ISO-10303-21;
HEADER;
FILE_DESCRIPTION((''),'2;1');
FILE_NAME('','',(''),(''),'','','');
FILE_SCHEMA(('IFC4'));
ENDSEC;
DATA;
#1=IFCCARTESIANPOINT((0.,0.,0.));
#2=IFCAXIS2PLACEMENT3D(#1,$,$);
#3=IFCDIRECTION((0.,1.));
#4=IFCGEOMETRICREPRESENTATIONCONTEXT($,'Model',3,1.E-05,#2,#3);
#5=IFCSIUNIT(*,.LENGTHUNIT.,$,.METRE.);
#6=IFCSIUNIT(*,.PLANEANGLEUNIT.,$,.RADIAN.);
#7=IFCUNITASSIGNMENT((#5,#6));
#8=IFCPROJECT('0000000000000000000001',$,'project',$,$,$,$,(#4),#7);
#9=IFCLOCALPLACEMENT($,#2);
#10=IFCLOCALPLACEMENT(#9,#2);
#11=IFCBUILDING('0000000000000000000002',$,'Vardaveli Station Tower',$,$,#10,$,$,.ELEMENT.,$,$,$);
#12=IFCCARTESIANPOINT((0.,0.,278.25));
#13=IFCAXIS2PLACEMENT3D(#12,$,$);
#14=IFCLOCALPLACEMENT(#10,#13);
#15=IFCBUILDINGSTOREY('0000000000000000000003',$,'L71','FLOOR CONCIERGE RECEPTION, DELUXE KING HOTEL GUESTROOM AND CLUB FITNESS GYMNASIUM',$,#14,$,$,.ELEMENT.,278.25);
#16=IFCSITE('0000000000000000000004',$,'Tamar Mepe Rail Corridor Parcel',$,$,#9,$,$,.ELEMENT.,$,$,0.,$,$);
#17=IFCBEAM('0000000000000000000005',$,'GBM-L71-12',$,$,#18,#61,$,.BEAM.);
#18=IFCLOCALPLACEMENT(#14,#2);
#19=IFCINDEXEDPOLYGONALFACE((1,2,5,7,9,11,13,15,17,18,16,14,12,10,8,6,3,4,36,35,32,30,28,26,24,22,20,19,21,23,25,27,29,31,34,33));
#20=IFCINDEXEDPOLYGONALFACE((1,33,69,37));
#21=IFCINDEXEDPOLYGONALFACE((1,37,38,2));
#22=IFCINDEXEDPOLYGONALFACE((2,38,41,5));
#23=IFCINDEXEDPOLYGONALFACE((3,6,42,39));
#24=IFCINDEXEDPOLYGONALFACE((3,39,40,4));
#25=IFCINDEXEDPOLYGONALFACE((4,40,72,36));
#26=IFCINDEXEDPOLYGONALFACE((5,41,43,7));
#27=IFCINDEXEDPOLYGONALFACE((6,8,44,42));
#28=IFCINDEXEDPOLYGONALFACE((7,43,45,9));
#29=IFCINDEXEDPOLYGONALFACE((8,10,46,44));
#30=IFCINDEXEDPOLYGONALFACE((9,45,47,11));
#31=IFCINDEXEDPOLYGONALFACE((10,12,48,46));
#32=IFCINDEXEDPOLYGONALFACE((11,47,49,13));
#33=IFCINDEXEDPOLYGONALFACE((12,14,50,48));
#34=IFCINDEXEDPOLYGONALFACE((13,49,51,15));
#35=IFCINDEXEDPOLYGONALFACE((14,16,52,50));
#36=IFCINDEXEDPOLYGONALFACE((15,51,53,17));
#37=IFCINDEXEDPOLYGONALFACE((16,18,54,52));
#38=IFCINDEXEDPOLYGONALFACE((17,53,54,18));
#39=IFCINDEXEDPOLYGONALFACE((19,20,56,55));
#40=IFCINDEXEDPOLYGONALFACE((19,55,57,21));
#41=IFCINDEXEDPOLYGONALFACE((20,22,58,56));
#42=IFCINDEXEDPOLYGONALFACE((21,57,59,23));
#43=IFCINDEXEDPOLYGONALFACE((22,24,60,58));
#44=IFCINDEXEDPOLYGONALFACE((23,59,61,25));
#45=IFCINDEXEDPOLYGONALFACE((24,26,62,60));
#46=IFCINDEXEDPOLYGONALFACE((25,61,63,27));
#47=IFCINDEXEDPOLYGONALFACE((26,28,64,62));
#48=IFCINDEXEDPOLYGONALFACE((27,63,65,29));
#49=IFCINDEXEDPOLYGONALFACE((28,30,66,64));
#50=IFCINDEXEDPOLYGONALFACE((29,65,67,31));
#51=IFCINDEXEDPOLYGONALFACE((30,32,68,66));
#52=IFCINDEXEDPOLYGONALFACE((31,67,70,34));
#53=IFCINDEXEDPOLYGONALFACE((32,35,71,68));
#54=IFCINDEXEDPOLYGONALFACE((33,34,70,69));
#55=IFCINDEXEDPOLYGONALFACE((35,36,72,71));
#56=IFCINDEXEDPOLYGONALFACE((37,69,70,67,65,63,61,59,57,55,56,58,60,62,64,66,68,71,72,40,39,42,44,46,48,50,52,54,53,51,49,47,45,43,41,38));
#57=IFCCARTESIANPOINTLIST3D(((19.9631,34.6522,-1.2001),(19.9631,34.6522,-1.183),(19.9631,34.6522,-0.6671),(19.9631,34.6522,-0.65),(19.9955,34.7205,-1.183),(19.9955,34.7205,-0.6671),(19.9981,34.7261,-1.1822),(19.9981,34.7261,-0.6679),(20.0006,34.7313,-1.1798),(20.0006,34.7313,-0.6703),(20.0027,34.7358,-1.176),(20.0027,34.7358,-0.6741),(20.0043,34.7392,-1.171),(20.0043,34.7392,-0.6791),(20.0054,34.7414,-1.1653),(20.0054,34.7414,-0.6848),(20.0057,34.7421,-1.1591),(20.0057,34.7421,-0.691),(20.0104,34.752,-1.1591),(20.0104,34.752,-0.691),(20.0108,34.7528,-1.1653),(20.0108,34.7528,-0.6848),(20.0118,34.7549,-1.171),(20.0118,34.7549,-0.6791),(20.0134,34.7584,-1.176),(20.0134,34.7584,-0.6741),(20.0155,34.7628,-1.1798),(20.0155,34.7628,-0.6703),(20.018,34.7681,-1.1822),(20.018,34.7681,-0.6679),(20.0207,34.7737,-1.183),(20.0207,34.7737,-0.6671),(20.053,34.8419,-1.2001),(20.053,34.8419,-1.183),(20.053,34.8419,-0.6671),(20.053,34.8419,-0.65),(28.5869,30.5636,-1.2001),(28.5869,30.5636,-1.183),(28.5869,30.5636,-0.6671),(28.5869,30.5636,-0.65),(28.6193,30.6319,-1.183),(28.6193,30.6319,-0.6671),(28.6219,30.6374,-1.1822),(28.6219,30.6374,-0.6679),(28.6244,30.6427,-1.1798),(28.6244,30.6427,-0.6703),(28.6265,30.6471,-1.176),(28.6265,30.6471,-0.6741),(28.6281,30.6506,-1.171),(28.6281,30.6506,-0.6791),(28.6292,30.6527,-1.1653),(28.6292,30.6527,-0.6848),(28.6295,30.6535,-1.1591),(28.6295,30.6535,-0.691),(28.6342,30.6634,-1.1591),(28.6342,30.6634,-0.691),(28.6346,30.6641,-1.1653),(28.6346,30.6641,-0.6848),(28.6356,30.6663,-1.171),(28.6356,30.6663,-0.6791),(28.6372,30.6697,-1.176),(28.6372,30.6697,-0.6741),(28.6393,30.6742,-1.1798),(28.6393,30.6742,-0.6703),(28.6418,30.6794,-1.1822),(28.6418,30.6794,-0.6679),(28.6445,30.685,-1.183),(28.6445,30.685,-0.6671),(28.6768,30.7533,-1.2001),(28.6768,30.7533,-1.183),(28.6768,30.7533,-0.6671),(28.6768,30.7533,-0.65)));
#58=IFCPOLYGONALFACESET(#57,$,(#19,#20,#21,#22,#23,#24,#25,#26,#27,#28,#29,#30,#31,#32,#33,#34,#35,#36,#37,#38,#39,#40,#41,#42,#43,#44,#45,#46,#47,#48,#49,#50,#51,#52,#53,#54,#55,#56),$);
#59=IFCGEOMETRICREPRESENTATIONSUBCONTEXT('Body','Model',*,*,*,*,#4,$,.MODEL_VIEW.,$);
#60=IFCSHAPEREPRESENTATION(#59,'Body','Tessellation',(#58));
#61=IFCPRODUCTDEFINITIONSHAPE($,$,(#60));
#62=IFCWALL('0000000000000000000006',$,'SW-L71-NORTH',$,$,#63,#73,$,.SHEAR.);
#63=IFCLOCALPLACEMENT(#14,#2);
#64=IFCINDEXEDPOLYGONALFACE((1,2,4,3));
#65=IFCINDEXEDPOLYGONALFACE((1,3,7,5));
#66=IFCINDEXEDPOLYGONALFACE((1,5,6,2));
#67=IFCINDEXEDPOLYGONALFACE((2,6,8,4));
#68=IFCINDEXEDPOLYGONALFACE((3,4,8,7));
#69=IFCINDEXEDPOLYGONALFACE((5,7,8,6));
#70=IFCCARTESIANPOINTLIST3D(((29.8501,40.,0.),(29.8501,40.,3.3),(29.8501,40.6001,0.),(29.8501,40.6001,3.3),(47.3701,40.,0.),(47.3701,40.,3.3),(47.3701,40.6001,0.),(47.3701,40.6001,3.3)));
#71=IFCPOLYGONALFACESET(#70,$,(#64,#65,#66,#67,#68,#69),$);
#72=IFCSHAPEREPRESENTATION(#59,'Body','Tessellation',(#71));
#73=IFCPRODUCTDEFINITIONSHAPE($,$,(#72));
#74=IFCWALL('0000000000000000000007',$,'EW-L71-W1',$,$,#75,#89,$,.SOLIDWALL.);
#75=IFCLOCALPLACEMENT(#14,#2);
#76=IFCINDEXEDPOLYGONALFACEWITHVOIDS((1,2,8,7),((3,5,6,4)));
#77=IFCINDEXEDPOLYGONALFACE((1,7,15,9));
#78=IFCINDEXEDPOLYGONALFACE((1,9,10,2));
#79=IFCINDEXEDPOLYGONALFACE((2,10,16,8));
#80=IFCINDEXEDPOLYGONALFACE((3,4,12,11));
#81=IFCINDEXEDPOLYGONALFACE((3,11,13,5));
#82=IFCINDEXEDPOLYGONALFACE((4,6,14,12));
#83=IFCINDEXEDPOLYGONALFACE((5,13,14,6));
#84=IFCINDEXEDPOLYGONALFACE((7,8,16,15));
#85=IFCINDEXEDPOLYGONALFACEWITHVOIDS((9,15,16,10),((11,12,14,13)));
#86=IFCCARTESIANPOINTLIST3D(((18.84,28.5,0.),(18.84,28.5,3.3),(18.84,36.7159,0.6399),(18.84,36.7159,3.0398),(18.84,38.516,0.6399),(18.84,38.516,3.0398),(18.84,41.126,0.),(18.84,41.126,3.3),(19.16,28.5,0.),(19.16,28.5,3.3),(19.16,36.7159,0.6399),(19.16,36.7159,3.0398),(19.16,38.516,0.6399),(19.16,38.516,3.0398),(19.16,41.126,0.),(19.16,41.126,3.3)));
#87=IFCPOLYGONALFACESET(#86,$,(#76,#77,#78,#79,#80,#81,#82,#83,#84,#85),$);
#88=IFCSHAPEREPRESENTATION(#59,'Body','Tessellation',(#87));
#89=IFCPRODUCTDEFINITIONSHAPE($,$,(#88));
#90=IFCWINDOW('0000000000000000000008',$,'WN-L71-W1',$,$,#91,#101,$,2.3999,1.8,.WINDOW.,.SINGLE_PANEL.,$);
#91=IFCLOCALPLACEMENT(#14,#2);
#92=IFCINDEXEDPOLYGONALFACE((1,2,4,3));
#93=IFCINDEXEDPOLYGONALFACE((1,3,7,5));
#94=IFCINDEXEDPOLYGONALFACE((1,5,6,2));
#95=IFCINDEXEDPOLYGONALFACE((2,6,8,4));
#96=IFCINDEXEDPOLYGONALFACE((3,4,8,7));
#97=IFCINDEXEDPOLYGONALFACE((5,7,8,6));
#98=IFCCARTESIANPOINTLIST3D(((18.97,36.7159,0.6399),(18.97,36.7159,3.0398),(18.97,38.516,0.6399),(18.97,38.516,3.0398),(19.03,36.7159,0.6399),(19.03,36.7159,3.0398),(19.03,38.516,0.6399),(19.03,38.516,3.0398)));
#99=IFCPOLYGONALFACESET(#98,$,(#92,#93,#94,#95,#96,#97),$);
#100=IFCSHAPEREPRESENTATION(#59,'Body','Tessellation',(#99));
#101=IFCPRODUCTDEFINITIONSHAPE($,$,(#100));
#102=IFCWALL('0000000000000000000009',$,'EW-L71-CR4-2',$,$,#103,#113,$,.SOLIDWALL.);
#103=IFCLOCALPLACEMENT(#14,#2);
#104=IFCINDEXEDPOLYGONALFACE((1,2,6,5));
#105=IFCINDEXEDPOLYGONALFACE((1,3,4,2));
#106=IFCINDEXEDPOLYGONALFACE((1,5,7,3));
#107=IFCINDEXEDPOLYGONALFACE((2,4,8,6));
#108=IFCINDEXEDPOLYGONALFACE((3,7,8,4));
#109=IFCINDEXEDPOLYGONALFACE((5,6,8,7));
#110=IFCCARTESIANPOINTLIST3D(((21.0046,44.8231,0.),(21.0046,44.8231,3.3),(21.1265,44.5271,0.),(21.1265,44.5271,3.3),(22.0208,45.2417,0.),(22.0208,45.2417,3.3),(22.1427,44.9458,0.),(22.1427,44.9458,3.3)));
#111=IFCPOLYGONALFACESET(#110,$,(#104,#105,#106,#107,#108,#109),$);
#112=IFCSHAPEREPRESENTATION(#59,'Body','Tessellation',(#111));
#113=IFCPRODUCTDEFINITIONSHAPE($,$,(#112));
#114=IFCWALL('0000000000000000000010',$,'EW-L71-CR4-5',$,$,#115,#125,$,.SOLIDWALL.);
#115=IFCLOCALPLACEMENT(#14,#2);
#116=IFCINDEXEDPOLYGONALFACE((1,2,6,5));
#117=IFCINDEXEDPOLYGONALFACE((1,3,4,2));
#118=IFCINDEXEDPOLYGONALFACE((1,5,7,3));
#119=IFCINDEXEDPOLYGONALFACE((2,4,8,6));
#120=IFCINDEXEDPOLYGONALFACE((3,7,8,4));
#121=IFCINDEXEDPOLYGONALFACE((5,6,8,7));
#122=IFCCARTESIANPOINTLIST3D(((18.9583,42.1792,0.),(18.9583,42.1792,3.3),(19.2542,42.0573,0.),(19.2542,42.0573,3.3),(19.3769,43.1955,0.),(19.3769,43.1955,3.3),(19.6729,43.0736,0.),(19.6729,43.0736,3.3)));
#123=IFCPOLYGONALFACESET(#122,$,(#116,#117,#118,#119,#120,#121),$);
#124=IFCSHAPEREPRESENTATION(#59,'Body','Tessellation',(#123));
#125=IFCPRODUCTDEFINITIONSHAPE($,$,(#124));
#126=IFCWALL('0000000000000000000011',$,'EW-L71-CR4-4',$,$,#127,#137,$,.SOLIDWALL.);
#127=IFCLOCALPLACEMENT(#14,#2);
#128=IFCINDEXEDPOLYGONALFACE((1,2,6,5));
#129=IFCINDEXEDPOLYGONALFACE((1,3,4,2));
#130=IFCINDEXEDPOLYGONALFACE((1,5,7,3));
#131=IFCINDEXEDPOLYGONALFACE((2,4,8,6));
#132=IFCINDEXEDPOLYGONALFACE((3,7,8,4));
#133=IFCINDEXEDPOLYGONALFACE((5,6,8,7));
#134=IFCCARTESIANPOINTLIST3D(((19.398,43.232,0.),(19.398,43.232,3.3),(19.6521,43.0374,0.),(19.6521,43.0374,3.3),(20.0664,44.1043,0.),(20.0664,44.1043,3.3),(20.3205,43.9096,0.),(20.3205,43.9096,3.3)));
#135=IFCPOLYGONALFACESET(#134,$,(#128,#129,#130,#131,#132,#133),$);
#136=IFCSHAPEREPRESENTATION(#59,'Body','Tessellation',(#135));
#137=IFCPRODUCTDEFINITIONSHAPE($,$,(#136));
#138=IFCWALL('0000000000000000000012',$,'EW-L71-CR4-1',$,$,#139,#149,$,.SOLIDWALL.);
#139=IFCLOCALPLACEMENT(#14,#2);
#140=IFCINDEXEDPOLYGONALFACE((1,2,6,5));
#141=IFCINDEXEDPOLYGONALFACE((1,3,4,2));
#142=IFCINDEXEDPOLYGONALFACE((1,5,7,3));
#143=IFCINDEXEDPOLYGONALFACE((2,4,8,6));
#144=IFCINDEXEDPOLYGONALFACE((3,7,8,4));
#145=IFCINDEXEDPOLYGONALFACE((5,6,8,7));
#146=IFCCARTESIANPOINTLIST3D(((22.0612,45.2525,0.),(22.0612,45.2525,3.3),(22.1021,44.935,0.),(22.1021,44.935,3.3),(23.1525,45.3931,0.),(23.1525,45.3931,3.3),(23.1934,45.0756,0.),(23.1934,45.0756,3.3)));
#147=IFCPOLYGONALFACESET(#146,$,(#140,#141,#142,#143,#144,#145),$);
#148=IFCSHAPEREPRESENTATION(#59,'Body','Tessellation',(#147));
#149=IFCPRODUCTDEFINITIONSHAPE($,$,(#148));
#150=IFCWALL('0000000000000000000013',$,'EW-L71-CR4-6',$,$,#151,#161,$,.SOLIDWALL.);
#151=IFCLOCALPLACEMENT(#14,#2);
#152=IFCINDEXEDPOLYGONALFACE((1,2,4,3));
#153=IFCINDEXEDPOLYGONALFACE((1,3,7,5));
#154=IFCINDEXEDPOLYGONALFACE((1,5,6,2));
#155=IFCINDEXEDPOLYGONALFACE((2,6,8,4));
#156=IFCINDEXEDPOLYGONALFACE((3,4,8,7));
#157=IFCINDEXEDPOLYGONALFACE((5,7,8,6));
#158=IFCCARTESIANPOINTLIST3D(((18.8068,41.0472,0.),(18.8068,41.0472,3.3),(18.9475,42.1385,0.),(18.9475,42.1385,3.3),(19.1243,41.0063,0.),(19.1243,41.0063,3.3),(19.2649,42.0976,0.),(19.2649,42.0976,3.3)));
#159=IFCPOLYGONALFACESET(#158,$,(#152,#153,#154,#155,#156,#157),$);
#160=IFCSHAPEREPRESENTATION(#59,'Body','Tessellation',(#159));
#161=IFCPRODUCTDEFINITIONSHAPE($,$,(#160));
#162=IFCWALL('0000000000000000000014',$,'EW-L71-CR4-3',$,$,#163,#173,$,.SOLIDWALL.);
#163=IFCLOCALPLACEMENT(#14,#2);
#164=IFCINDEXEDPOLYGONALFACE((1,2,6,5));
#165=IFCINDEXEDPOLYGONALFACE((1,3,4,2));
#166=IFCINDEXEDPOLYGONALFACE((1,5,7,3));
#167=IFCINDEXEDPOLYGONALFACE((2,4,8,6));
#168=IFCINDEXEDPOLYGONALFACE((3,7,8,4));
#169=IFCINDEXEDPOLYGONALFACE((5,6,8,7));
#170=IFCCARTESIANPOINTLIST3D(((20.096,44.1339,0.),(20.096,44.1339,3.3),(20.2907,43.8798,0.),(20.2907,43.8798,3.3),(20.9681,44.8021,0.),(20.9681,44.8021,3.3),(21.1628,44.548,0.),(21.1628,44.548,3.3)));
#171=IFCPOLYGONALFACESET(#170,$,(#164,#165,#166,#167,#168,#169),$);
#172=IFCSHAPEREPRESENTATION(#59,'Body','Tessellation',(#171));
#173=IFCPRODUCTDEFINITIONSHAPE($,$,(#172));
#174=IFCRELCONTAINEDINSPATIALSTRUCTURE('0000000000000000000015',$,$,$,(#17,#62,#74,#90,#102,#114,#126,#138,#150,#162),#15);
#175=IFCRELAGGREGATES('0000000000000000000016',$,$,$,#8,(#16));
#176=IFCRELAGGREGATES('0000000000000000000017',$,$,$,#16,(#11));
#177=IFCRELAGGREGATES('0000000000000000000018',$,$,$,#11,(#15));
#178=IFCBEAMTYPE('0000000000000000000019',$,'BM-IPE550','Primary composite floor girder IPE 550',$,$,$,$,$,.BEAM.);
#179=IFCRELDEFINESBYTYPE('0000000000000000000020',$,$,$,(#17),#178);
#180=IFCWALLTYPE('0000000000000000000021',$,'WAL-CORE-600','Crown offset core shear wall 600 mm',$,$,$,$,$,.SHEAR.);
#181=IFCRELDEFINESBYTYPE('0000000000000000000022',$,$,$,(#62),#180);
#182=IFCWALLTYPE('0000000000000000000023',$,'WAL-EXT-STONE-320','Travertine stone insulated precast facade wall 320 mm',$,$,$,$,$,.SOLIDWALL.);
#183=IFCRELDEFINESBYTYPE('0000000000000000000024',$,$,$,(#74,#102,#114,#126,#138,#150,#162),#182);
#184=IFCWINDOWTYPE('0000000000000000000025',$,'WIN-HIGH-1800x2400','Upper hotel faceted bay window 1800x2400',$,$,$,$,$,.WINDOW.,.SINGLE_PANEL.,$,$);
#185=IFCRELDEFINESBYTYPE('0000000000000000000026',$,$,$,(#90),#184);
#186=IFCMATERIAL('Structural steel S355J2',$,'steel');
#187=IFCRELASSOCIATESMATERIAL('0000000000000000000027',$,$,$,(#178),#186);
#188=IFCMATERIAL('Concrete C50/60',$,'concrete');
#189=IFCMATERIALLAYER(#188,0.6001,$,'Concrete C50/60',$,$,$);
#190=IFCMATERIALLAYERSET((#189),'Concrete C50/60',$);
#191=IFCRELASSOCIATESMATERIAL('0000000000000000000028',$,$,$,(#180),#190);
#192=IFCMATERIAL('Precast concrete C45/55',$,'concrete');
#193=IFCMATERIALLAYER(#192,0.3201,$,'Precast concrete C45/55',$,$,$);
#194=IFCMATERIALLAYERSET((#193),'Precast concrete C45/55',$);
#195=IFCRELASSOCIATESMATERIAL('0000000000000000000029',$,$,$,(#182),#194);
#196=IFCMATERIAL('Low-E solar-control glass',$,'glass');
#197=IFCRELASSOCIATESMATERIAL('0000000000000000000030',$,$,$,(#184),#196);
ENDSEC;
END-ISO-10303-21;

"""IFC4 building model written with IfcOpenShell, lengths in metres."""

from ifc_helpers import new_model, si_unit, direction, frame, frame_2d, origin, origin_2d, place, context, subcontext, project, spatial, rectangle, i_section, extrude, source, transform, mapped, material, layer, layer_set, material_profile, profile_set, type_object, element, fill, save


model = new_model("IFC4")

# Units and contexts
model_context = context("Model", 3, precision=1e-05, world=origin(), true_north=direction((0.0, 1.0)))
body_context = subcontext(model_context, "Body", "Model", "MODEL_VIEW")
ifc_project = project(units=[si_unit("LENGTHUNIT", "METRE"), si_unit("PLANEANGLEUNIT", "RADIAN")], contexts=[model_context])

# Site, building, storey
site_placement = place(None, origin())
site = spatial("IfcSite", under=ifc_project, at=site_placement, Name="Tamar Mepe Rail Corridor Parcel", CompositionType="ELEMENT", RefElevation=0.0)
building_placement = place(site_placement, origin())
building = spatial("IfcBuilding", under=site, at=building_placement, Name="Vardaveli Station Tower", CompositionType="ELEMENT")
storey_placement = place(building_placement, frame((0.0, 0.0, 278.25)))
storey = spatial("IfcBuildingStorey", under=building, at=storey_placement, Name="L71", Description="FLOOR CONCIERGE RECEPTION, DELUXE KING HOTEL GUESTROOM AND CLUB FITNESS GYMNASIUM", CompositionType="ELEMENT", Elevation=278.25)

# Shared definitions
ifc_material_1 = material(Name="Concrete C50/60", Category="concrete")

# Beam
ifc_material_2 = material(Name="Precast concrete C45/55", Category="concrete")
ifc_material_3 = material(Name="Structural steel S355J2", Category="steel")
ifc_material_profile_1 = material_profile(ifc_material_3, i_section(OverallWidth=0.21, OverallDepth=0.55, WebThickness=0.011, FlangeThickness=0.0171, FilletRadius=0.0239, at=origin_2d()), Name="IPE 550")
ifc_profile_set_1 = profile_set([ifc_material_profile_1], Name="Structural steel S355J2")
beam_type_1 = type_object("IfcBeamType", Name="BM-IPE550", Description="Primary composite floor girder IPE 550", PredefinedType="BEAM", material=ifc_profile_set_1)
shared_shape_1 = source(origin(), body_context, "Body", "SweptSolid", [
    extrude(i_section(OverallWidth=0.21, OverallDepth=0.55, WebThickness=0.011, FlangeThickness=0.0171, FilletRadius=0.0239, at=origin_2d()), origin(), (0.0, 0.0, 1.0), 9.5439),
])
beam_1_placement = place(storey_placement, frame((20.0081, 34.7471, -0.925), z_axis=(0.903589, -0.428401, 0.0), x_axis=(0.428401, 0.903589, 0.0)))
element("IfcBeam", 1, at=beam_1_placement, inside=storey, type_object=beam_type_1, Name="GBM-L71-12", PredefinedType="BEAM", context=body_context, shape_type="MappedRepresentation", body=[
    mapped(shared_shape_1, transform((0.0, 0.0, 0.0), scale=1.0)),
])

# Wall
ifc_layer_1 = layer(ifc_material_1, 0.6001, Name="Concrete C50/60")
ifc_layer_set_1 = layer_set([ifc_layer_1], Name="Concrete C50/60")
wall_type_1 = type_object("IfcWallType", Name="WAL-CORE-600", Description="Crown offset core shear wall 600 mm", PredefinedType="SHEAR", material=ifc_layer_set_1)
shared_shape_2 = source(origin(), body_context, "Body", "SweptSolid", [
    extrude(rectangle(XDim=17.52, YDim=0.6001, at=frame_2d((8.76, 0.0))), origin(), (0.0, 0.0, 1.0), 3.3),
])
wall_1_placement = place(storey_placement, frame((29.8501, 40.3, 0.0), z_axis=(0.0, 0.0, 1.0), x_axis=(1.0, 0.0, 0.0)))
element("IfcWall", 2, at=wall_1_placement, inside=storey, type_object=wall_type_1, Name="SW-L71-NORTH", PredefinedType="SHEAR", context=body_context, shape_type="MappedRepresentation", body=[
    mapped(shared_shape_2, transform((0.0, 0.0, 0.0), scale=1.0)),
])

# Wall, opening, window
ifc_layer_2 = layer(ifc_material_2, 0.3201, Name="Precast concrete C45/55")
ifc_layer_set_2 = layer_set([ifc_layer_2], Name="Precast concrete C45/55")
wall_type_2 = type_object("IfcWallType", Name="WAL-EXT-STONE-320", Description="Travertine stone insulated precast facade wall 320 mm", PredefinedType="SOLIDWALL", material=ifc_layer_set_2)
shared_shape_3 = source(origin(), body_context, "Body", "SweptSolid", [
    extrude(rectangle(XDim=12.626, YDim=0.3201, at=frame_2d((6.313, 0.0))), origin(), (0.0, 0.0, 1.0), 3.3),
])
wall_2_placement = place(storey_placement, frame((19.0, 41.126, 0.0), z_axis=(0.0, 0.0, 1.0), x_axis=(0.0, -1.0, 0.0)))
wall_2 = element("IfcWall", 3, at=wall_2_placement, inside=storey, type_object=wall_type_2, Name="EW-L71-W1", PredefinedType="SOLIDWALL", context=body_context, shape_type="MappedRepresentation", body=[
    mapped(shared_shape_3, transform((0.0, 0.0, 0.0), scale=1.0)),
])
shared_shape_4 = source(origin(), body_context, "Body", "SweptSolid", [
    extrude(rectangle(XDim=1.8, YDim=2.3999, at=frame_2d((0.8999, 1.2))), frame((0.0, 0.1699, 0.0), z_axis=(0.0, -1.0, 0.0), x_axis=(1.0, 0.0, 0.0)), (0.0, 0.0, 1.0), 0.3401),
])
opening_placement = place(wall_2_placement, frame((2.6101, 0.0, 0.6399)))
opening = element("IfcOpeningElement", 4, at=opening_placement, cuts=wall_2, PredefinedType="OPENING", context=body_context, shape_type="MappedRepresentation", body=[
    mapped(shared_shape_4, transform((0.0, 0.0, 0.0), scale=1.0)),
])
ifc_material_4 = material(Name="Low-E solar-control glass", Category="glass")
window_type = type_object("IfcWindowType", Name="WIN-HIGH-1800x2400", Description="Upper hotel faceted bay window 1800x2400", PartitioningType="SINGLE_PANEL", PredefinedType="WINDOW", material=ifc_material_4)
shared_shape_5 = source(origin(), body_context, "Body", "SweptSolid", [
    extrude(rectangle(XDim=1.8, YDim=2.3999, at=frame_2d((0.8999, 1.2))), frame((0.0, 0.03, 0.0), z_axis=(0.0, -1.0, 0.0), x_axis=(1.0, 0.0, 0.0)), (0.0, 0.0, 1.0), 0.0601),
])
window_placement = place(opening_placement, origin())
window = element("IfcWindow", 5, at=window_placement, inside=storey, type_object=window_type, Name="WN-L71-W1", OverallHeight=2.3999, OverallWidth=1.8, PartitioningType="SINGLE_PANEL", PredefinedType="WINDOW", context=body_context, shape_type="MappedRepresentation", body=[
    mapped(shared_shape_5, transform((0.0, 0.0, 0.0), scale=1.0)),
])
fill(opening, window)

# Walls
shared_shape_6 = source(origin(), body_context, "Body", "SweptSolid", [
    extrude(rectangle(XDim=1.0991, YDim=0.3201, at=frame_2d((0.5496, 0.0))), origin(), (0.0, 0.0, 1.0), 3.3),
])
for number, where, z_axis, x_axis, name in (
    (6, (22.0818, 45.0938, 0.0), (0.0, 0.0, 1.0), (-0.924614, -0.380906, 0.0), "EW-L71-CR4-2"),
    (7, (19.5249, 43.1345, 0.0), (0.0, 0.0, 1.0), (-0.380906, -0.924614, 0.0), "EW-L71-CR4-5"),
):
    element("IfcWall", number, at=place(storey_placement, frame(where, z_axis=z_axis, x_axis=x_axis)), inside=storey, type_object=wall_type_2, Name=name, PredefinedType="SOLIDWALL", context=body_context, shape_type="MappedRepresentation", body=[
        mapped(shared_shape_6, transform((0.0, 0.0, 0.0), scale=1.0)),
    ])
shared_shape_7 = source(origin(), body_context, "Body", "SweptSolid", [
    extrude(rectangle(XDim=1.0989, YDim=0.3201, at=frame_2d((0.5493, 0.0))), origin(), (0.0, 0.0, 1.0), 3.3),
])
wall_3_placement = place(storey_placement, frame((20.1934, 44.0068, 0.0), z_axis=(0.0, 0.0, 1.0), x_axis=(-0.60825, -0.793746, 0.0)))
element("IfcWall", 8, at=wall_3_placement, inside=storey, type_object=wall_type_2, Name="EW-L71-CR4-4", PredefinedType="SOLIDWALL", context=body_context, shape_type="MappedRepresentation", body=[
    mapped(shared_shape_7, transform((0.0, 0.0, 0.0), scale=1.0)),
])
shared_shape_8 = source(origin(), body_context, "Body", "SweptSolid", [
    extrude(rectangle(XDim=1.1003, YDim=0.3201, at=frame_2d((0.5503, 0.0))), origin(), (0.0, 0.0, 1.0), 3.3),
])
for number, where, z_axis, x_axis, name in (
    (9, (23.1731, 45.2344, 0.0), (0.0, 0.0, 1.0), (-0.9918, -0.127802, 0.0), "EW-L71-CR4-1"),
    (10, (19.1062, 42.1182, 0.0), (0.0, 0.0, 1.0), (-0.127802, -0.9918, 0.0), "EW-L71-CR4-6"),
):
    element("IfcWall", number, at=place(storey_placement, frame(where, z_axis=z_axis, x_axis=x_axis)), inside=storey, type_object=wall_type_2, Name=name, PredefinedType="SOLIDWALL", context=body_context, shape_type="MappedRepresentation", body=[
        mapped(shared_shape_8, transform((0.0, 0.0, 0.0), scale=1.0)),
    ])
shared_shape_9 = source(origin(), body_context, "Body", "SweptSolid", [
    extrude(rectangle(XDim=1.0986, YDim=0.3201, at=frame_2d((0.5493, 0.0))), origin(), (0.0, 0.0, 1.0), 3.3),
])
wall_4_placement = place(storey_placement, frame((21.0654, 44.675, 0.0), z_axis=(0.0, 0.0, 1.0), x_axis=(-0.793771, -0.608217, 0.0)))
element("IfcWall", 11, at=wall_4_placement, inside=storey, type_object=wall_type_2, Name="EW-L71-CR4-3", PredefinedType="SOLIDWALL", context=body_context, shape_type="MappedRepresentation", body=[
    mapped(shared_shape_9, transform((0.0, 0.0, 0.0), scale=1.0)),
])

save(model, "model.ifc")
